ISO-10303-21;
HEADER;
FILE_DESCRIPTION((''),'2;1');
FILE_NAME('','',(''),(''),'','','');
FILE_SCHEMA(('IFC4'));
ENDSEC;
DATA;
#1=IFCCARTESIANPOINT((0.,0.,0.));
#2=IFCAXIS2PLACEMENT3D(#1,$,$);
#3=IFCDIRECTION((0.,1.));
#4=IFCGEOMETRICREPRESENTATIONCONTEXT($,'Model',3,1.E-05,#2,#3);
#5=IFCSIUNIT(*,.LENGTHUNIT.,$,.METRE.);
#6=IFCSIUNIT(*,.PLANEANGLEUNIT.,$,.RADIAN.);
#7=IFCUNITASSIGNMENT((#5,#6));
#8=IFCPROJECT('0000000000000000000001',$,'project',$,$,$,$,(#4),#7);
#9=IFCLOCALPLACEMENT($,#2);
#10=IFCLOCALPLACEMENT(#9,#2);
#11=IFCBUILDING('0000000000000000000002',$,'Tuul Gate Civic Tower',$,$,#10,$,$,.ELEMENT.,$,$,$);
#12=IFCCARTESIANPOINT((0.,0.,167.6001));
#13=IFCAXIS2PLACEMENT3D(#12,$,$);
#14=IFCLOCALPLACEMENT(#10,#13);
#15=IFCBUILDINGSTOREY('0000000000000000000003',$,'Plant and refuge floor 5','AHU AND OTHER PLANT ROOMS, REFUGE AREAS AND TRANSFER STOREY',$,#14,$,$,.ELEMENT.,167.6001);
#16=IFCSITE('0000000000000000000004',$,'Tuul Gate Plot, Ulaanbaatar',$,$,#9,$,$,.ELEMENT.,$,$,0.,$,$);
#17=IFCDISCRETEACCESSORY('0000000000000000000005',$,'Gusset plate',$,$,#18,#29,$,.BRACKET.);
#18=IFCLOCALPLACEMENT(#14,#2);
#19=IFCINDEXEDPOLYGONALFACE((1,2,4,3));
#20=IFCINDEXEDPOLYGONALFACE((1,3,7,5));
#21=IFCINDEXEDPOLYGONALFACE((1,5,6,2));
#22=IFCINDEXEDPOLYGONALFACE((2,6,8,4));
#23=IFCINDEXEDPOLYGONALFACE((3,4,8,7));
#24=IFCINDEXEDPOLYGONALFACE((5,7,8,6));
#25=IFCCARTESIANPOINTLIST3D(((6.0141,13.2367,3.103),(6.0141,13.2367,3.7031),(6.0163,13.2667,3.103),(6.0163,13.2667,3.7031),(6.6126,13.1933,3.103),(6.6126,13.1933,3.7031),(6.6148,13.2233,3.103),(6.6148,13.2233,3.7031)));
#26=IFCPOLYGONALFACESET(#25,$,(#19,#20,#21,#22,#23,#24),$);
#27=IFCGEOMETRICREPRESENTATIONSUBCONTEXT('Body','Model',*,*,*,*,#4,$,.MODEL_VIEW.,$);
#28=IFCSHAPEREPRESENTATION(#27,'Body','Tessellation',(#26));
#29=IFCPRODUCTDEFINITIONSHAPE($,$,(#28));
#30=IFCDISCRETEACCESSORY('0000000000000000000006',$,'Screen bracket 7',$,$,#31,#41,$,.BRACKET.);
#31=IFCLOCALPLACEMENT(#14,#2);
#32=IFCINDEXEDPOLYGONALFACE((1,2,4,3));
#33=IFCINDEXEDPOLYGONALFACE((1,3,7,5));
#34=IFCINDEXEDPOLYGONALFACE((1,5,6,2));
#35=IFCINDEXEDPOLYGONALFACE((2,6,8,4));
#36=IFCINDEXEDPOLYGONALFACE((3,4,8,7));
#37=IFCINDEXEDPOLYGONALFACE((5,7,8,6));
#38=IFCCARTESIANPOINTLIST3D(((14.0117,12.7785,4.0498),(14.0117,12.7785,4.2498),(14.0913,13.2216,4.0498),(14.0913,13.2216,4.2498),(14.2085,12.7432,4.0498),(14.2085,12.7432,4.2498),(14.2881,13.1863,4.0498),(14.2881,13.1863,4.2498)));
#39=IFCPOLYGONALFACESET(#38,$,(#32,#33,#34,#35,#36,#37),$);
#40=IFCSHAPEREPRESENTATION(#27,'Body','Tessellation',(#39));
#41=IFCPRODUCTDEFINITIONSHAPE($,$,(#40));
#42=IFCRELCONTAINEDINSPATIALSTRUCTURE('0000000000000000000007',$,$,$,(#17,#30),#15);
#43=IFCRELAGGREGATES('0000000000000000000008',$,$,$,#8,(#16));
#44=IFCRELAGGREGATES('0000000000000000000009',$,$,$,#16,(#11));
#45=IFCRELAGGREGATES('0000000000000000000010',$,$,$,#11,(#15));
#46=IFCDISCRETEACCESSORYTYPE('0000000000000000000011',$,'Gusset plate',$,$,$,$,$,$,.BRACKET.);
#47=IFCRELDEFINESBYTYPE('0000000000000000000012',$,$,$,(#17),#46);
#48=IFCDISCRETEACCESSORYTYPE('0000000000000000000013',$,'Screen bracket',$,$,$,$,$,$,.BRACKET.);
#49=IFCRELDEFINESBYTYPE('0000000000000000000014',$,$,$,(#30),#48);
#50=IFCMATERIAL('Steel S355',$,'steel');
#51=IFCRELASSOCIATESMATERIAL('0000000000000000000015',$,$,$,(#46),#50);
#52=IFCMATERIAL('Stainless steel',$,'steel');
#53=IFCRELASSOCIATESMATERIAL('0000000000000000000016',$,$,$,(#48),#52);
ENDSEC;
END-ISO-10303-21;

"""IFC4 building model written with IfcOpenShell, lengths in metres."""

from ifc_helpers import new_model, si_unit, direction, frame, origin, origin_2d, place, context, subcontext, project, spatial, rectangle, extrude, material, type_object, element, save


model = new_model("IFC4")

# Units and contexts
model_context = context("Model", 3, precision=1e-05, world=origin(), true_north=direction((0.0, 1.0)))
body_context = subcontext(model_context, "Body", "Model", "MODEL_VIEW")
ifc_project = project(units=[si_unit("LENGTHUNIT", "METRE"), si_unit("PLANEANGLEUNIT", "RADIAN")], contexts=[model_context])

# Site, building, storey
site_placement = place(None, origin())
site = spatial("IfcSite", under=ifc_project, at=site_placement, Name="Tuul Gate Plot, Ulaanbaatar", CompositionType="ELEMENT", RefElevation=0.0)
building_placement = place(site_placement, origin())
building = spatial("IfcBuilding", under=site, at=building_placement, Name="Tuul Gate Civic Tower", CompositionType="ELEMENT")
storey_placement = place(building_placement, frame((0.0, 0.0, 167.6001)))
storey = spatial("IfcBuildingStorey", under=building, at=storey_placement, Name="Plant and refuge floor 5", Description="AHU AND OTHER PLANT ROOMS, REFUGE AREAS AND TRANSFER STOREY", CompositionType="ELEMENT", Elevation=167.6001)

# Discrete accessories
ifc_material_1 = material(Name="Steel S355", Category="steel")
discrete_accessory_type_1 = type_object("IfcDiscreteAccessoryType", Name="Gusset plate", PredefinedType="BRACKET", material=ifc_material_1)
discrete_accessory_1_placement = place(storey_placement, frame((6.3145, 13.23, 3.103), z_axis=(0.0, 0.0, 1.0), x_axis=(0.997383, -0.072305, 0.0)))
element("IfcDiscreteAccessory", 1, at=discrete_accessory_1_placement, inside=storey, type_object=discrete_accessory_type_1, Name="Gusset plate", PredefinedType="BRACKET", context=body_context, shape_type="SweptSolid", body=[
    extrude(rectangle(XDim=0.6001, YDim=0.03, at=origin_2d()), origin(), (0.0, 0.0, 1.0), 0.6001),
])
ifc_material_2 = material(Name="Stainless steel", Category="steel")
discrete_accessory_type_2 = type_object("IfcDiscreteAccessoryType", Name="Screen bracket", PredefinedType="BRACKET", material=ifc_material_2)
discrete_accessory_2_placement = place(storey_placement, frame((14.1499, 12.9824, 4.0498), z_axis=(0.0, 0.0, 1.0), x_axis=(0.176796, 0.984247, 0.0)))
element("IfcDiscreteAccessory", 2, at=discrete_accessory_2_placement, inside=storey, type_object=discrete_accessory_type_2, Name="Screen bracket 7", PredefinedType="BRACKET", context=body_context, shape_type="SweptSolid", body=[
    extrude(rectangle(XDim=0.4502, YDim=0.2, at=origin_2d()), origin(), (0.0, 0.0, 1.0), 0.2),
])

save(model, "model.ifc")
